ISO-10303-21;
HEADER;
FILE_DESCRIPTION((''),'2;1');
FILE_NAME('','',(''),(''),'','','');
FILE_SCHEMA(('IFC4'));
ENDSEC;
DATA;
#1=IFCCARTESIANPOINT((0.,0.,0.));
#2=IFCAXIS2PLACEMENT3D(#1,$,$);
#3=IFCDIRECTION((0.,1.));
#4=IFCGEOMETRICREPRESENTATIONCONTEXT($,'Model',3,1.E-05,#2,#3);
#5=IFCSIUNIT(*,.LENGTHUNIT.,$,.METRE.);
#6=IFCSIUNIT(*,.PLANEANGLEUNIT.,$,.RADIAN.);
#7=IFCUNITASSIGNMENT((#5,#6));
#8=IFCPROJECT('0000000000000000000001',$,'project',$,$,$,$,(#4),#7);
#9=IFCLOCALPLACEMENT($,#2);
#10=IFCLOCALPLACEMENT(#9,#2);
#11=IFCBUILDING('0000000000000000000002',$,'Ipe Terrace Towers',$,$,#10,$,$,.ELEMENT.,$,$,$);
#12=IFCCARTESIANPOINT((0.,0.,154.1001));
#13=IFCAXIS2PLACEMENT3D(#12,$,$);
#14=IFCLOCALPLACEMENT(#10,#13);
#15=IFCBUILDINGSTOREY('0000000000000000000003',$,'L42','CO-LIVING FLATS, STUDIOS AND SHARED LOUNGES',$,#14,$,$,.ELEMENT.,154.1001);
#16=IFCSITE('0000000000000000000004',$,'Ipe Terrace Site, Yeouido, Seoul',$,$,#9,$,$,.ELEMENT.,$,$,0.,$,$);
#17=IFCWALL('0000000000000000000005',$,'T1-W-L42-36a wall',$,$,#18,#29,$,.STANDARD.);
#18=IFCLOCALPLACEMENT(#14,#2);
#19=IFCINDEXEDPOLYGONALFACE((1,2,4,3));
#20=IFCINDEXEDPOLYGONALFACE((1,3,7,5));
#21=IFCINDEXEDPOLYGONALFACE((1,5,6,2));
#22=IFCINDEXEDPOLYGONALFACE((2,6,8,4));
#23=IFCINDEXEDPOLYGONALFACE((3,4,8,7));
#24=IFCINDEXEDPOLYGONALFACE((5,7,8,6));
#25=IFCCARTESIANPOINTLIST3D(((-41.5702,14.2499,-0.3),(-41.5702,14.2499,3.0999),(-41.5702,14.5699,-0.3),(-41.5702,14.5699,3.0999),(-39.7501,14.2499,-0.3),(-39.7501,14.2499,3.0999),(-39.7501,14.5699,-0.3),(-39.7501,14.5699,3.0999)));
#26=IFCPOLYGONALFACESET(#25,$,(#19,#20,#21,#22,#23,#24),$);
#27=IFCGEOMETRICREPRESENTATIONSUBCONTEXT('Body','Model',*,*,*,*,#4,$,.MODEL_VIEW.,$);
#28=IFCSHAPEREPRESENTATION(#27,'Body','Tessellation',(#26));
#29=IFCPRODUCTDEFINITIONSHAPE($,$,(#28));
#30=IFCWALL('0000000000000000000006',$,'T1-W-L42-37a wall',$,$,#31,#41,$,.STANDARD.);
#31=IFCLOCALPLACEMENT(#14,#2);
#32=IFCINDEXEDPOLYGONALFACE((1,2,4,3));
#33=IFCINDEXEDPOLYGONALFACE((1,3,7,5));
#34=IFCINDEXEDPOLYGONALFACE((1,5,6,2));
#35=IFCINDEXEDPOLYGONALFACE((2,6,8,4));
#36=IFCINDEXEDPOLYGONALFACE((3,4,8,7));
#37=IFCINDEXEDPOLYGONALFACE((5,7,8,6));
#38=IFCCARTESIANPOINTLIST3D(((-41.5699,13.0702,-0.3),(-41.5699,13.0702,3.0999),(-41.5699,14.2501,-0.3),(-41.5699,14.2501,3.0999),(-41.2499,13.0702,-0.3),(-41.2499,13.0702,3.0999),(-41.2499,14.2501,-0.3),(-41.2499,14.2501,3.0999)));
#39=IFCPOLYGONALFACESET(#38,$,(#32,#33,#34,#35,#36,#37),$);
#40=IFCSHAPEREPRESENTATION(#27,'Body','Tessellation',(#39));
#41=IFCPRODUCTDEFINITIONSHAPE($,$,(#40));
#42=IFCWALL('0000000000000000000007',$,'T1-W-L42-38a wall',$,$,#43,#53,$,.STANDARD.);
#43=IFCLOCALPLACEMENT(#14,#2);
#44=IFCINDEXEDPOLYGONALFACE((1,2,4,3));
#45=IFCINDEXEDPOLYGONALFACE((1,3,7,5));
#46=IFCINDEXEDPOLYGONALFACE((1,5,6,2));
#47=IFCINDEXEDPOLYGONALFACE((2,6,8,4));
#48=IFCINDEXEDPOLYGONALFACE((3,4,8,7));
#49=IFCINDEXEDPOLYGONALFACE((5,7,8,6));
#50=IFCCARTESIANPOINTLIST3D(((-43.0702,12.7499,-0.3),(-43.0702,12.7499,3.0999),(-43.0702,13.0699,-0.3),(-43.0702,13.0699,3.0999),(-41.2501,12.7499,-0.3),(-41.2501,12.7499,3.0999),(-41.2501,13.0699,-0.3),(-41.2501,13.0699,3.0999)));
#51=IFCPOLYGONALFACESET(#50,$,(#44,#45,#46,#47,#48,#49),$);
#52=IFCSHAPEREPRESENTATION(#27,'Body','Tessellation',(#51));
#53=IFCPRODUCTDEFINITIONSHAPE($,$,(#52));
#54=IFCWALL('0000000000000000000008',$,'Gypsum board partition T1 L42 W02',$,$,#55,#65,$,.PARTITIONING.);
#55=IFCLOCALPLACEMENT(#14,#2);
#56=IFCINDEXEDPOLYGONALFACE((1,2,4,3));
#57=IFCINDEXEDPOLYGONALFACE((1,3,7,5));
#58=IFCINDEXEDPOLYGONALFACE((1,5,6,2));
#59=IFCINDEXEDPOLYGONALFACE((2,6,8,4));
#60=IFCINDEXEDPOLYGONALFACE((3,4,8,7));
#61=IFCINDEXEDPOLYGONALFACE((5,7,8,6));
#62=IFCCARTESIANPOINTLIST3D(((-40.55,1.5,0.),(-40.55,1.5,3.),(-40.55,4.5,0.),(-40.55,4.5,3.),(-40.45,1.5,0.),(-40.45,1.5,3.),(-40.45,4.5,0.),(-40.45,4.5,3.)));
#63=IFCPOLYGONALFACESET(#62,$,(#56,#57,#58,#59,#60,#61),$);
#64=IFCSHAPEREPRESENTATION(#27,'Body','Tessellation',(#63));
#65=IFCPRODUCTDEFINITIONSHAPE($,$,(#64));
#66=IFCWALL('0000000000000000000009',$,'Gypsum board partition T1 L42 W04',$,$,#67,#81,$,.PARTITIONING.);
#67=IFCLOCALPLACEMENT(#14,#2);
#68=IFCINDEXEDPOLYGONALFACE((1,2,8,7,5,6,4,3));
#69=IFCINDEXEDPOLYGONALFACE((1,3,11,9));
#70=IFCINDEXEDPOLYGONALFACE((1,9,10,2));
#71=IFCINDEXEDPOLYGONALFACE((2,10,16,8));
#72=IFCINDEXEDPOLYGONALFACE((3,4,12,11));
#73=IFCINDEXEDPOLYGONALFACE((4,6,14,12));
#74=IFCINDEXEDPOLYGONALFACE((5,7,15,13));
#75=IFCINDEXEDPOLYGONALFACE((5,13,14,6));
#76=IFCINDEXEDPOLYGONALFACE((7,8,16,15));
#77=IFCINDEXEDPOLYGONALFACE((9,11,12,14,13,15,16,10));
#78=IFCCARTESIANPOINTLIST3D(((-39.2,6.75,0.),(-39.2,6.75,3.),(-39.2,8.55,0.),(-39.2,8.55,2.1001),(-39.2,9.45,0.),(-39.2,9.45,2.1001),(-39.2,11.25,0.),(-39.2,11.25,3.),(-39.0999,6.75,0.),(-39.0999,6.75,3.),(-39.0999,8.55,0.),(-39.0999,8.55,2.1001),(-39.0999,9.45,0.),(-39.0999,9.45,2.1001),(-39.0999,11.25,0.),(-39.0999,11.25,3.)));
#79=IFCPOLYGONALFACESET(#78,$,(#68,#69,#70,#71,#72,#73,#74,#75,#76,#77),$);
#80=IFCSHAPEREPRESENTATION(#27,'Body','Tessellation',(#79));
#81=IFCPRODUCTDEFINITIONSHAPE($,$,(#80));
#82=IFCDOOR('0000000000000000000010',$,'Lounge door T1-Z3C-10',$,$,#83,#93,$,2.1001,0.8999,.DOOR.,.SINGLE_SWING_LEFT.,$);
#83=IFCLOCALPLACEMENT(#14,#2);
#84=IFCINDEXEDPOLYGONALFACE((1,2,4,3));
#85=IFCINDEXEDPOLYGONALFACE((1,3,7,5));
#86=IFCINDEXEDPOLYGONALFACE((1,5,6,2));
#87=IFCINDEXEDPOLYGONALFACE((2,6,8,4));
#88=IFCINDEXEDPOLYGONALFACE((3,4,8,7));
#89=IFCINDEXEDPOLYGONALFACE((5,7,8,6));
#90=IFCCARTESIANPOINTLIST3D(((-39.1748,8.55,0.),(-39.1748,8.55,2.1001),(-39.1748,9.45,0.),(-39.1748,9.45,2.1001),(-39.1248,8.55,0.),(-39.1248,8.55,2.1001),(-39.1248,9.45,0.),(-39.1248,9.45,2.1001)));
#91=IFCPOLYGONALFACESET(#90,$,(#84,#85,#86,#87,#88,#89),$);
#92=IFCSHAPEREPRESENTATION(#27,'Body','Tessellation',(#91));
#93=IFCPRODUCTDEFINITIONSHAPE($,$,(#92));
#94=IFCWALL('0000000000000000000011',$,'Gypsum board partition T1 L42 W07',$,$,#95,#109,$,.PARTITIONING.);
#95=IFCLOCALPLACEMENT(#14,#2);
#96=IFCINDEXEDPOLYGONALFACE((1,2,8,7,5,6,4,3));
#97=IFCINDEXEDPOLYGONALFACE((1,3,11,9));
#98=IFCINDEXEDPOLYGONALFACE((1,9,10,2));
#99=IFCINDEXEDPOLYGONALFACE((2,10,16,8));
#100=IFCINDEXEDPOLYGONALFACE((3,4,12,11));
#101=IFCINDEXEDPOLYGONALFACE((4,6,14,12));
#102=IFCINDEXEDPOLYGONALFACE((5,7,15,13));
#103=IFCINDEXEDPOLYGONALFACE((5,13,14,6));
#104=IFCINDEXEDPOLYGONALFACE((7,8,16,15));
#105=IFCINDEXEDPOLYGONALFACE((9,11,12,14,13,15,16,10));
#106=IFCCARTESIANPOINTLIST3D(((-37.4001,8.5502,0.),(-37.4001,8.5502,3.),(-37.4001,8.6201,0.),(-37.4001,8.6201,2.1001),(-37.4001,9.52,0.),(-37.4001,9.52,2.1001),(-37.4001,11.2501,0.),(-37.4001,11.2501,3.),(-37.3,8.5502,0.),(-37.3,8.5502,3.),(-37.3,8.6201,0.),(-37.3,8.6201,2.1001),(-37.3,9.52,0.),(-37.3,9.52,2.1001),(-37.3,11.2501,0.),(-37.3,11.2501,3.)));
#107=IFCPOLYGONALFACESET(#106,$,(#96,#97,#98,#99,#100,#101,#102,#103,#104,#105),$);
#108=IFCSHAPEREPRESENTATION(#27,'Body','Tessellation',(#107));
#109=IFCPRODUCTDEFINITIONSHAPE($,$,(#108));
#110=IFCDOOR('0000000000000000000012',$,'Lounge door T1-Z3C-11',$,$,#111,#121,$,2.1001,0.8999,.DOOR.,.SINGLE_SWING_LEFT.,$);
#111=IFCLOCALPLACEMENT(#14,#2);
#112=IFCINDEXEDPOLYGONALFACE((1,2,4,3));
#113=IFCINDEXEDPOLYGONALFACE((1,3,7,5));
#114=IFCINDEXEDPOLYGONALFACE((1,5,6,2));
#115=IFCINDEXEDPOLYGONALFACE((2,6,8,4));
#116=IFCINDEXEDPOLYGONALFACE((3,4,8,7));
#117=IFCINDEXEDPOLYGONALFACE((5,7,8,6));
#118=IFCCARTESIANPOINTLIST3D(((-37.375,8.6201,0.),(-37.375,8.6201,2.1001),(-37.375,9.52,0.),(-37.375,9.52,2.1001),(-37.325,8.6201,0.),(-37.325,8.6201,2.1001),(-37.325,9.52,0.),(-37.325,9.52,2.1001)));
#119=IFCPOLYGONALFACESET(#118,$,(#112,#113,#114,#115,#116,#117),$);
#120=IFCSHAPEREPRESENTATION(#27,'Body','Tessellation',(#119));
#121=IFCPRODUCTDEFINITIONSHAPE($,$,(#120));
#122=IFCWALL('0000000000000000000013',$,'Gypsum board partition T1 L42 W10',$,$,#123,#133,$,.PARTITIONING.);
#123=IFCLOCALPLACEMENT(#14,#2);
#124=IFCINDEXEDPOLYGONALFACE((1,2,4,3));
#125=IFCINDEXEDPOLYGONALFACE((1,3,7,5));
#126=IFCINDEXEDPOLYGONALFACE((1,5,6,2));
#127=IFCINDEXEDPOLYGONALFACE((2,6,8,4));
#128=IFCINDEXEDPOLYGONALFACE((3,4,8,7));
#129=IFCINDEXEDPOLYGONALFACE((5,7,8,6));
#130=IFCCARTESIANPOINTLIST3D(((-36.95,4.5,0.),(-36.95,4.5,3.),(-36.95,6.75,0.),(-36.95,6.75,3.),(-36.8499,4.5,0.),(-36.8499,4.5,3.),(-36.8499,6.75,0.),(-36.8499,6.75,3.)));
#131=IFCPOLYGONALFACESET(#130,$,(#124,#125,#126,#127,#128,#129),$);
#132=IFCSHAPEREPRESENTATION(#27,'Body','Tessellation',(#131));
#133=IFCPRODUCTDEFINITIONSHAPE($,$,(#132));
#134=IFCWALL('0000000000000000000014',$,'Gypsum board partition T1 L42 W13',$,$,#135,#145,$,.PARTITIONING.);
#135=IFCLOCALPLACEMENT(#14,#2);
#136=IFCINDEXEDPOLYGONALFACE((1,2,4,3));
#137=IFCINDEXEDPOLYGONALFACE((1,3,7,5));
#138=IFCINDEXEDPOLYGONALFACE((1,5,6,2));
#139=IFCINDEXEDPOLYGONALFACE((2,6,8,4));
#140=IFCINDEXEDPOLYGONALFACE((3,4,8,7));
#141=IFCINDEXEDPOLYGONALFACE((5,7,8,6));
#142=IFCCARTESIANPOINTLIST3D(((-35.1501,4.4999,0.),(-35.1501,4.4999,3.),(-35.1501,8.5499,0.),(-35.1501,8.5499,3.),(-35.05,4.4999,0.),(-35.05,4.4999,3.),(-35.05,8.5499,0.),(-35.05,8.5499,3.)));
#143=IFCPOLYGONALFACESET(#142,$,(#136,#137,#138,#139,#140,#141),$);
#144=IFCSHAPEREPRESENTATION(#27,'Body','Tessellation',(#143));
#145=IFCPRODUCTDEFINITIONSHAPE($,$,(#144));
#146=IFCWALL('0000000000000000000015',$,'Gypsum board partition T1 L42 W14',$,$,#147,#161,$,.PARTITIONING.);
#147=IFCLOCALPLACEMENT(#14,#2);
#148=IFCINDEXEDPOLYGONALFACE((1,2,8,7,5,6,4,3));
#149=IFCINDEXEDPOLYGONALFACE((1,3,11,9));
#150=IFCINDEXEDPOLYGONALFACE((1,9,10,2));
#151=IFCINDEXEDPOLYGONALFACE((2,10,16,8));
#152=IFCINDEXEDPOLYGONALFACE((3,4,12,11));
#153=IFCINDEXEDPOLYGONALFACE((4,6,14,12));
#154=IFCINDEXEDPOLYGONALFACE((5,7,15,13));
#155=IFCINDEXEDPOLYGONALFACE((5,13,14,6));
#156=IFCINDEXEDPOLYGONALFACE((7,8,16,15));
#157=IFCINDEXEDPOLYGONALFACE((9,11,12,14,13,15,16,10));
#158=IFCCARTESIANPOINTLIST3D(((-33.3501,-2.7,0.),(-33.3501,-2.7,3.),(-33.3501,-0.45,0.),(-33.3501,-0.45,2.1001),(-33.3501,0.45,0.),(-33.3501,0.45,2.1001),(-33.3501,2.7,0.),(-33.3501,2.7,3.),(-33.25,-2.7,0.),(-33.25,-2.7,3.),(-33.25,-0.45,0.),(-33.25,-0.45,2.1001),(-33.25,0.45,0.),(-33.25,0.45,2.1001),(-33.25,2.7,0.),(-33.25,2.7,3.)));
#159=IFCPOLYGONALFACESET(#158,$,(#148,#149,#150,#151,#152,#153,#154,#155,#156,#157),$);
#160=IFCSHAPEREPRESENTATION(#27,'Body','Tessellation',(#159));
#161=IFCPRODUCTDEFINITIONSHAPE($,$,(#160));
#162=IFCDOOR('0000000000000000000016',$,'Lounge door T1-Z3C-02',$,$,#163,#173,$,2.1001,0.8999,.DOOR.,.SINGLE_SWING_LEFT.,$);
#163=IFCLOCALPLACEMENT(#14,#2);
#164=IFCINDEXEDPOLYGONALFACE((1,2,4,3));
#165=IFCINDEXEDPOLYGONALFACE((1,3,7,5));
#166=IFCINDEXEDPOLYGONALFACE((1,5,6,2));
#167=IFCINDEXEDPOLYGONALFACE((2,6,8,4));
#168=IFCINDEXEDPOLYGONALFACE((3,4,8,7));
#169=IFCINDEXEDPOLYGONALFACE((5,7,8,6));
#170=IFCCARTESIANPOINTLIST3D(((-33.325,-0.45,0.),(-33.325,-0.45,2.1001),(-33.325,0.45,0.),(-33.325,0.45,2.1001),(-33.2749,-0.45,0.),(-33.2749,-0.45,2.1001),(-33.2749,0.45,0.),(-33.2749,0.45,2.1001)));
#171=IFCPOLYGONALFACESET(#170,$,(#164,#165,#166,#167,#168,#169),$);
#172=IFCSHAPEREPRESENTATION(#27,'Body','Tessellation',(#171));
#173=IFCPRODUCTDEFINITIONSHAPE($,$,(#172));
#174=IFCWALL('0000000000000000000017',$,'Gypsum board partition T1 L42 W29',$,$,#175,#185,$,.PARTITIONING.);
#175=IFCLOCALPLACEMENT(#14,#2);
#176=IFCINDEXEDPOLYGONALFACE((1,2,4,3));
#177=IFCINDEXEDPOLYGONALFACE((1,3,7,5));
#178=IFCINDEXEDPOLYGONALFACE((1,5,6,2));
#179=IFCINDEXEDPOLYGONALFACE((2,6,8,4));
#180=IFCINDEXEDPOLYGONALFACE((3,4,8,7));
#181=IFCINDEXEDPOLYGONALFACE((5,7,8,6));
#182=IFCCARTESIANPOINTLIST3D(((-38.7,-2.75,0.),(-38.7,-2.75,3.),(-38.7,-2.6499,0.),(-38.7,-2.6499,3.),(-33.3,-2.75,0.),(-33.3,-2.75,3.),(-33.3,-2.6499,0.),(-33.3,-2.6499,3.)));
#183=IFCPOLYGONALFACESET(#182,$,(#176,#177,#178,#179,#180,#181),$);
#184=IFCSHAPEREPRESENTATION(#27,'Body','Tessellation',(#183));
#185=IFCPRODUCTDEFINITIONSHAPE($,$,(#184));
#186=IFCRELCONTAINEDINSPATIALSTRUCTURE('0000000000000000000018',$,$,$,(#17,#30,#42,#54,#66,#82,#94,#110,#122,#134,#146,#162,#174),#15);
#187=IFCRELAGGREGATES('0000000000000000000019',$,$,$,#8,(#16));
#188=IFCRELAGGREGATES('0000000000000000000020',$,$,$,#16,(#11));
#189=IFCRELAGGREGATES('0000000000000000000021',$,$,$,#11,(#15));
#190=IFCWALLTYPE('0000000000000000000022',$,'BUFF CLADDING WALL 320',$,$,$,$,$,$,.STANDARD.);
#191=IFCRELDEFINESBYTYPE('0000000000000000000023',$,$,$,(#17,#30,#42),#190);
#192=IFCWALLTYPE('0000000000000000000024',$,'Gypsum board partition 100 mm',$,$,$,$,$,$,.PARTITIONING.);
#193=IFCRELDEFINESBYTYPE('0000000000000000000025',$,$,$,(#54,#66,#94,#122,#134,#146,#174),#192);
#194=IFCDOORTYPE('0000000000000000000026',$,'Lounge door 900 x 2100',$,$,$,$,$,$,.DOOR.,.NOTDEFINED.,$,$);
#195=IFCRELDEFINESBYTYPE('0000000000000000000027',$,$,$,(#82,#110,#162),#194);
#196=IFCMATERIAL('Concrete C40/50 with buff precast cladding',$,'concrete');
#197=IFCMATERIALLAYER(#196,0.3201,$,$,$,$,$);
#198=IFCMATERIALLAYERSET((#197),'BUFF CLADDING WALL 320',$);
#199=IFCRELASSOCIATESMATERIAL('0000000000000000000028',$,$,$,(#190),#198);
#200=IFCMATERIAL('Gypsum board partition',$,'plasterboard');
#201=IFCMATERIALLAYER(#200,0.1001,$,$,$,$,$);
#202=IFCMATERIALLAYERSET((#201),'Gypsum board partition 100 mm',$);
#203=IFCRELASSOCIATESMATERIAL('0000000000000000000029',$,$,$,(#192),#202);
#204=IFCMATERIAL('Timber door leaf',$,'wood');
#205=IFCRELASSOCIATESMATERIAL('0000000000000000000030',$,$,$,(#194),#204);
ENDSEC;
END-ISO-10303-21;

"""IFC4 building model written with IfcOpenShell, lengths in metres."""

from ifc_helpers import new_model, si_unit, direction, frame, frame_2d, origin, place, context, subcontext, project, spatial, rectangle, extrude, material, layer, layer_set, type_object, element, fill, save


model = new_model("IFC4")

# Units and contexts
model_context = context("Model", 3, precision=1e-05, world=origin(), true_north=direction((0.0, 1.0)))
body_context = subcontext(model_context, "Body", "Model", "MODEL_VIEW")
ifc_project = project(units=[si_unit("LENGTHUNIT", "METRE"), si_unit("PLANEANGLEUNIT", "RADIAN")], contexts=[model_context])

# Site, building, storey
site_placement = place(None, origin())
site = spatial("IfcSite", under=ifc_project, at=site_placement, Name="Ipe Terrace Site, Yeouido, Seoul", CompositionType="ELEMENT", RefElevation=0.0)
building_placement = place(site_placement, origin())
building = spatial("IfcBuilding", under=site, at=building_placement, Name="Ipe Terrace Towers", CompositionType="ELEMENT")
storey_placement = place(building_placement, frame((0.0, 0.0, 154.1001)))
storey = spatial("IfcBuildingStorey", under=building, at=storey_placement, Name="L42", Description="CO-LIVING FLATS, STUDIOS AND SHARED LOUNGES", CompositionType="ELEMENT", Elevation=154.1001)

# Walls
ifc_material_1 = material(Name="Concrete C40/50 with buff precast cladding", Category="concrete")
ifc_layer_1 = layer(ifc_material_1, 0.3201)
ifc_layer_set_1 = layer_set([ifc_layer_1], Name="BUFF CLADDING WALL 320")
wall_type_1 = type_object("IfcWallType", Name="BUFF CLADDING WALL 320", PredefinedType="STANDARD", material=ifc_layer_set_1)
wall_1_placement = place(storey_placement, frame((-39.75, 14.4099, -0.3), z_axis=(0.0, 0.0, 1.0), x_axis=(-1.0, 0.0, 0.0)))
element("IfcWall", 1, at=wall_1_placement, inside=storey, type_object=wall_type_1, Name="T1-W-L42-36a wall", PredefinedType="STANDARD", context=body_context, shape_type="SweptSolid", body=[
    extrude(rectangle(XDim=1.8201, YDim=0.3201, at=frame_2d((0.9102, 0.0))), origin(), (0.0, 0.0, 1.0), 3.3999),
])
wall_2_placement = place(storey_placement, frame((-41.4099, 14.25, -0.3), z_axis=(0.0, 0.0, 1.0), x_axis=(0.0, -1.0, 0.0)))
element("IfcWall", 2, at=wall_2_placement, inside=storey, type_object=wall_type_1, Name="T1-W-L42-37a wall", PredefinedType="STANDARD", context=body_context, shape_type="SweptSolid", body=[
    extrude(rectangle(XDim=1.1799, YDim=0.3201, at=frame_2d((0.5898, 0.0))), origin(), (0.0, 0.0, 1.0), 3.3999),
])
wall_3_placement = place(storey_placement, frame((-41.25, 12.9099, -0.3), z_axis=(0.0, 0.0, 1.0), x_axis=(-1.0, 0.0, 0.0)))
element("IfcWall", 3, at=wall_3_placement, inside=storey, type_object=wall_type_1, Name="T1-W-L42-38a wall", PredefinedType="STANDARD", context=body_context, shape_type="SweptSolid", body=[
    extrude(rectangle(XDim=1.8201, YDim=0.3201, at=frame_2d((0.9102, 0.0))), origin(), (0.0, 0.0, 1.0), 3.3999),
])
ifc_material_2 = material(Name="Gypsum board partition", Category="plasterboard")
ifc_layer_2 = layer(ifc_material_2, 0.1001)
ifc_layer_set_2 = layer_set([ifc_layer_2], Name="Gypsum board partition 100 mm")
wall_type_2 = type_object("IfcWallType", Name="Gypsum board partition 100 mm", PredefinedType="PARTITIONING", material=ifc_layer_set_2)
wall_4_placement = place(storey_placement, frame((-40.5, 1.5, 0.0), z_axis=(0.0, 0.0, 1.0), x_axis=(0.0, 1.0, 0.0)))
element("IfcWall", 4, at=wall_4_placement, inside=storey, type_object=wall_type_2, Name="Gypsum board partition T1 L42 W02", PredefinedType="PARTITIONING", context=body_context, shape_type="SweptSolid", body=[
    extrude(rectangle(XDim=3.0, YDim=0.1001, at=frame_2d((1.5, 0.0))), origin(), (0.0, 0.0, 1.0), 3.0),
])

# Walls, openings, doors
wall_5_placement = place(storey_placement, frame((-39.1499, 6.75, 0.0), z_axis=(0.0, 0.0, 1.0), x_axis=(0.0, 1.0, 0.0)))
wall_5 = element("IfcWall", 5, at=wall_5_placement, inside=storey, type_object=wall_type_2, Name="Gypsum board partition T1 L42 W04", PredefinedType="PARTITIONING", context=body_context, shape_type="SweptSolid", body=[
    extrude(rectangle(XDim=4.5, YDim=0.1001, at=frame_2d((2.25, 0.0))), origin(), (0.0, 0.0, 1.0), 3.0),
])
opening_1_placement = place(wall_5_placement, frame((1.8, 0.0, 0.0)))
opening_1 = element("IfcOpeningElement", 6, at=opening_1_placement, cuts=wall_5, PredefinedType="OPENING", context=body_context, shape_type="SweptSolid", body=[
    extrude(rectangle(XDim=0.8999, YDim=2.1001, at=frame_2d((0.45, 1.05))), frame((0.0, 0.0601, 0.0), z_axis=(0.0, -1.0, 0.0), x_axis=(1.0, 0.0, 0.0)), (0.0, 0.0, 1.0), 0.1201),
])
ifc_material_3 = material(Name="Timber door leaf", Category="wood")
door_type = type_object("IfcDoorType", Name="Lounge door 900 x 2100", OperationType="NOTDEFINED", PredefinedType="DOOR", material=ifc_material_3)
door_1_placement = place(opening_1_placement, origin())
door_1 = element("IfcDoor", 7, at=door_1_placement, inside=storey, type_object=door_type, Name="Lounge door T1-Z3C-10", OperationType="SINGLE_SWING_LEFT", OverallHeight=2.1001, OverallWidth=0.8999, PredefinedType="DOOR", context=body_context, shape_type="SweptSolid", body=[
    extrude(rectangle(XDim=0.8999, YDim=2.1001, at=frame_2d((0.45, 1.05))), frame((0.0, 0.0249, 0.0), z_axis=(0.0, -1.0, 0.0), x_axis=(1.0, 0.0, 0.0)), (0.0, 0.0, 1.0), 0.05),
])
fill(opening_1, door_1)
wall_6_placement = place(storey_placement, frame((-37.3501, 8.55, 0.0), z_axis=(0.0, 0.0, 1.0), x_axis=(0.0, 1.0, 0.0)))
wall_6 = element("IfcWall", 8, at=wall_6_placement, inside=storey, type_object=wall_type_2, Name="Gypsum board partition T1 L42 W07", PredefinedType="PARTITIONING", context=body_context, shape_type="SweptSolid", body=[
    extrude(rectangle(XDim=2.7, YDim=0.1001, at=frame_2d((1.3501, 0.0))), origin(), (0.0, 0.0, 1.0), 3.0),
])
opening_2_placement = place(wall_6_placement, frame((0.0701, 0.0, 0.0)))
opening_2 = element("IfcOpeningElement", 9, at=opening_2_placement, cuts=wall_6, PredefinedType="OPENING", context=body_context, shape_type="SweptSolid", body=[
    extrude(rectangle(XDim=0.8999, YDim=2.1001, at=frame_2d((0.45, 1.05))), frame((0.0, 0.0601, 0.0), z_axis=(0.0, -1.0, 0.0), x_axis=(1.0, 0.0, 0.0)), (0.0, 0.0, 1.0), 0.1201),
])
door_2_placement = place(opening_2_placement, origin())
door_2 = element("IfcDoor", 10, at=door_2_placement, inside=storey, type_object=door_type, Name="Lounge door T1-Z3C-11", OperationType="SINGLE_SWING_LEFT", OverallHeight=2.1001, OverallWidth=0.8999, PredefinedType="DOOR", context=body_context, shape_type="SweptSolid", body=[
    extrude(rectangle(XDim=0.8999, YDim=2.1001, at=frame_2d((0.45, 1.05))), frame((0.0, 0.0249, 0.0), z_axis=(0.0, -1.0, 0.0), x_axis=(1.0, 0.0, 0.0)), (0.0, 0.0, 1.0), 0.05),
])
fill(opening_2, door_2)

# Walls
wall_7_placement = place(storey_placement, frame((-36.8999, 4.5, 0.0), z_axis=(0.0, 0.0, 1.0), x_axis=(0.0, 1.0, 0.0)))
element("IfcWall", 11, at=wall_7_placement, inside=storey, type_object=wall_type_2, Name="Gypsum board partition T1 L42 W10", PredefinedType="PARTITIONING", context=body_context, shape_type="SweptSolid", body=[
    extrude(rectangle(XDim=2.25, YDim=0.1001, at=frame_2d((1.125, 0.0))), origin(), (0.0, 0.0, 1.0), 3.0),
])
wall_8_placement = place(storey_placement, frame((-35.1001, 4.5, 0.0), z_axis=(0.0, 0.0, 1.0), x_axis=(0.0, 1.0, 0.0)))
element("IfcWall", 12, at=wall_8_placement, inside=storey, type_object=wall_type_2, Name="Gypsum board partition T1 L42 W13", PredefinedType="PARTITIONING", context=body_context, shape_type="SweptSolid", body=[
    extrude(rectangle(XDim=4.05, YDim=0.1001, at=frame_2d((2.0249, 0.0))), origin(), (0.0, 0.0, 1.0), 3.0),
])

# Wall, opening, door
wall_9_placement = place(storey_placement, frame((-33.3, -2.7, 0.0), z_axis=(0.0, 0.0, 1.0), x_axis=(0.0, 1.0, 0.0)))
wall_9 = element("IfcWall", 13, at=wall_9_placement, inside=storey, type_object=wall_type_2, Name="Gypsum board partition T1 L42 W14", PredefinedType="PARTITIONING", context=body_context, shape_type="SweptSolid", body=[
    extrude(rectangle(XDim=5.3999, YDim=0.1001, at=frame_2d((2.7, 0.0))), origin(), (0.0, 0.0, 1.0), 3.0),
])
opening_3_placement = place(wall_9_placement, frame((2.25, 0.0, 0.0)))
opening_3 = element("IfcOpeningElement", 14, at=opening_3_placement, cuts=wall_9, PredefinedType="OPENING", context=body_context, shape_type="SweptSolid", body=[
    extrude(rectangle(XDim=0.8999, YDim=2.1001, at=frame_2d((0.45, 1.05))), frame((0.0, 0.0601, 0.0), z_axis=(0.0, -1.0, 0.0), x_axis=(1.0, 0.0, 0.0)), (0.0, 0.0, 1.0), 0.1201),
])
door_3_placement = place(opening_3_placement, origin())
door_3 = element("IfcDoor", 15, at=door_3_placement, inside=storey, type_object=door_type, Name="Lounge door T1-Z3C-02", OperationType="SINGLE_SWING_LEFT", OverallHeight=2.1001, OverallWidth=0.8999, PredefinedType="DOOR", context=body_context, shape_type="SweptSolid", body=[
    extrude(rectangle(XDim=0.8999, YDim=2.1001, at=frame_2d((0.45, 1.05))), frame((0.0, 0.0249, 0.0), z_axis=(0.0, -1.0, 0.0), x_axis=(1.0, 0.0, 0.0)), (0.0, 0.0, 1.0), 0.05),
])
fill(opening_3, door_3)

# Wall
wall_10_placement = place(storey_placement, frame((-38.7, -2.7, 0.0), z_axis=(0.0, 0.0, 1.0), x_axis=(1.0, 0.0, 0.0)))
element("IfcWall", 16, at=wall_10_placement, inside=storey, type_object=wall_type_2, Name="Gypsum board partition T1 L42 W29", PredefinedType="PARTITIONING", context=body_context, shape_type="SweptSolid", body=[
    extrude(rectangle(XDim=5.3999, YDim=0.1001, at=frame_2d((2.7, 0.0))), origin(), (0.0, 0.0, 1.0), 3.0),
])

save(model, "model.ifc")
